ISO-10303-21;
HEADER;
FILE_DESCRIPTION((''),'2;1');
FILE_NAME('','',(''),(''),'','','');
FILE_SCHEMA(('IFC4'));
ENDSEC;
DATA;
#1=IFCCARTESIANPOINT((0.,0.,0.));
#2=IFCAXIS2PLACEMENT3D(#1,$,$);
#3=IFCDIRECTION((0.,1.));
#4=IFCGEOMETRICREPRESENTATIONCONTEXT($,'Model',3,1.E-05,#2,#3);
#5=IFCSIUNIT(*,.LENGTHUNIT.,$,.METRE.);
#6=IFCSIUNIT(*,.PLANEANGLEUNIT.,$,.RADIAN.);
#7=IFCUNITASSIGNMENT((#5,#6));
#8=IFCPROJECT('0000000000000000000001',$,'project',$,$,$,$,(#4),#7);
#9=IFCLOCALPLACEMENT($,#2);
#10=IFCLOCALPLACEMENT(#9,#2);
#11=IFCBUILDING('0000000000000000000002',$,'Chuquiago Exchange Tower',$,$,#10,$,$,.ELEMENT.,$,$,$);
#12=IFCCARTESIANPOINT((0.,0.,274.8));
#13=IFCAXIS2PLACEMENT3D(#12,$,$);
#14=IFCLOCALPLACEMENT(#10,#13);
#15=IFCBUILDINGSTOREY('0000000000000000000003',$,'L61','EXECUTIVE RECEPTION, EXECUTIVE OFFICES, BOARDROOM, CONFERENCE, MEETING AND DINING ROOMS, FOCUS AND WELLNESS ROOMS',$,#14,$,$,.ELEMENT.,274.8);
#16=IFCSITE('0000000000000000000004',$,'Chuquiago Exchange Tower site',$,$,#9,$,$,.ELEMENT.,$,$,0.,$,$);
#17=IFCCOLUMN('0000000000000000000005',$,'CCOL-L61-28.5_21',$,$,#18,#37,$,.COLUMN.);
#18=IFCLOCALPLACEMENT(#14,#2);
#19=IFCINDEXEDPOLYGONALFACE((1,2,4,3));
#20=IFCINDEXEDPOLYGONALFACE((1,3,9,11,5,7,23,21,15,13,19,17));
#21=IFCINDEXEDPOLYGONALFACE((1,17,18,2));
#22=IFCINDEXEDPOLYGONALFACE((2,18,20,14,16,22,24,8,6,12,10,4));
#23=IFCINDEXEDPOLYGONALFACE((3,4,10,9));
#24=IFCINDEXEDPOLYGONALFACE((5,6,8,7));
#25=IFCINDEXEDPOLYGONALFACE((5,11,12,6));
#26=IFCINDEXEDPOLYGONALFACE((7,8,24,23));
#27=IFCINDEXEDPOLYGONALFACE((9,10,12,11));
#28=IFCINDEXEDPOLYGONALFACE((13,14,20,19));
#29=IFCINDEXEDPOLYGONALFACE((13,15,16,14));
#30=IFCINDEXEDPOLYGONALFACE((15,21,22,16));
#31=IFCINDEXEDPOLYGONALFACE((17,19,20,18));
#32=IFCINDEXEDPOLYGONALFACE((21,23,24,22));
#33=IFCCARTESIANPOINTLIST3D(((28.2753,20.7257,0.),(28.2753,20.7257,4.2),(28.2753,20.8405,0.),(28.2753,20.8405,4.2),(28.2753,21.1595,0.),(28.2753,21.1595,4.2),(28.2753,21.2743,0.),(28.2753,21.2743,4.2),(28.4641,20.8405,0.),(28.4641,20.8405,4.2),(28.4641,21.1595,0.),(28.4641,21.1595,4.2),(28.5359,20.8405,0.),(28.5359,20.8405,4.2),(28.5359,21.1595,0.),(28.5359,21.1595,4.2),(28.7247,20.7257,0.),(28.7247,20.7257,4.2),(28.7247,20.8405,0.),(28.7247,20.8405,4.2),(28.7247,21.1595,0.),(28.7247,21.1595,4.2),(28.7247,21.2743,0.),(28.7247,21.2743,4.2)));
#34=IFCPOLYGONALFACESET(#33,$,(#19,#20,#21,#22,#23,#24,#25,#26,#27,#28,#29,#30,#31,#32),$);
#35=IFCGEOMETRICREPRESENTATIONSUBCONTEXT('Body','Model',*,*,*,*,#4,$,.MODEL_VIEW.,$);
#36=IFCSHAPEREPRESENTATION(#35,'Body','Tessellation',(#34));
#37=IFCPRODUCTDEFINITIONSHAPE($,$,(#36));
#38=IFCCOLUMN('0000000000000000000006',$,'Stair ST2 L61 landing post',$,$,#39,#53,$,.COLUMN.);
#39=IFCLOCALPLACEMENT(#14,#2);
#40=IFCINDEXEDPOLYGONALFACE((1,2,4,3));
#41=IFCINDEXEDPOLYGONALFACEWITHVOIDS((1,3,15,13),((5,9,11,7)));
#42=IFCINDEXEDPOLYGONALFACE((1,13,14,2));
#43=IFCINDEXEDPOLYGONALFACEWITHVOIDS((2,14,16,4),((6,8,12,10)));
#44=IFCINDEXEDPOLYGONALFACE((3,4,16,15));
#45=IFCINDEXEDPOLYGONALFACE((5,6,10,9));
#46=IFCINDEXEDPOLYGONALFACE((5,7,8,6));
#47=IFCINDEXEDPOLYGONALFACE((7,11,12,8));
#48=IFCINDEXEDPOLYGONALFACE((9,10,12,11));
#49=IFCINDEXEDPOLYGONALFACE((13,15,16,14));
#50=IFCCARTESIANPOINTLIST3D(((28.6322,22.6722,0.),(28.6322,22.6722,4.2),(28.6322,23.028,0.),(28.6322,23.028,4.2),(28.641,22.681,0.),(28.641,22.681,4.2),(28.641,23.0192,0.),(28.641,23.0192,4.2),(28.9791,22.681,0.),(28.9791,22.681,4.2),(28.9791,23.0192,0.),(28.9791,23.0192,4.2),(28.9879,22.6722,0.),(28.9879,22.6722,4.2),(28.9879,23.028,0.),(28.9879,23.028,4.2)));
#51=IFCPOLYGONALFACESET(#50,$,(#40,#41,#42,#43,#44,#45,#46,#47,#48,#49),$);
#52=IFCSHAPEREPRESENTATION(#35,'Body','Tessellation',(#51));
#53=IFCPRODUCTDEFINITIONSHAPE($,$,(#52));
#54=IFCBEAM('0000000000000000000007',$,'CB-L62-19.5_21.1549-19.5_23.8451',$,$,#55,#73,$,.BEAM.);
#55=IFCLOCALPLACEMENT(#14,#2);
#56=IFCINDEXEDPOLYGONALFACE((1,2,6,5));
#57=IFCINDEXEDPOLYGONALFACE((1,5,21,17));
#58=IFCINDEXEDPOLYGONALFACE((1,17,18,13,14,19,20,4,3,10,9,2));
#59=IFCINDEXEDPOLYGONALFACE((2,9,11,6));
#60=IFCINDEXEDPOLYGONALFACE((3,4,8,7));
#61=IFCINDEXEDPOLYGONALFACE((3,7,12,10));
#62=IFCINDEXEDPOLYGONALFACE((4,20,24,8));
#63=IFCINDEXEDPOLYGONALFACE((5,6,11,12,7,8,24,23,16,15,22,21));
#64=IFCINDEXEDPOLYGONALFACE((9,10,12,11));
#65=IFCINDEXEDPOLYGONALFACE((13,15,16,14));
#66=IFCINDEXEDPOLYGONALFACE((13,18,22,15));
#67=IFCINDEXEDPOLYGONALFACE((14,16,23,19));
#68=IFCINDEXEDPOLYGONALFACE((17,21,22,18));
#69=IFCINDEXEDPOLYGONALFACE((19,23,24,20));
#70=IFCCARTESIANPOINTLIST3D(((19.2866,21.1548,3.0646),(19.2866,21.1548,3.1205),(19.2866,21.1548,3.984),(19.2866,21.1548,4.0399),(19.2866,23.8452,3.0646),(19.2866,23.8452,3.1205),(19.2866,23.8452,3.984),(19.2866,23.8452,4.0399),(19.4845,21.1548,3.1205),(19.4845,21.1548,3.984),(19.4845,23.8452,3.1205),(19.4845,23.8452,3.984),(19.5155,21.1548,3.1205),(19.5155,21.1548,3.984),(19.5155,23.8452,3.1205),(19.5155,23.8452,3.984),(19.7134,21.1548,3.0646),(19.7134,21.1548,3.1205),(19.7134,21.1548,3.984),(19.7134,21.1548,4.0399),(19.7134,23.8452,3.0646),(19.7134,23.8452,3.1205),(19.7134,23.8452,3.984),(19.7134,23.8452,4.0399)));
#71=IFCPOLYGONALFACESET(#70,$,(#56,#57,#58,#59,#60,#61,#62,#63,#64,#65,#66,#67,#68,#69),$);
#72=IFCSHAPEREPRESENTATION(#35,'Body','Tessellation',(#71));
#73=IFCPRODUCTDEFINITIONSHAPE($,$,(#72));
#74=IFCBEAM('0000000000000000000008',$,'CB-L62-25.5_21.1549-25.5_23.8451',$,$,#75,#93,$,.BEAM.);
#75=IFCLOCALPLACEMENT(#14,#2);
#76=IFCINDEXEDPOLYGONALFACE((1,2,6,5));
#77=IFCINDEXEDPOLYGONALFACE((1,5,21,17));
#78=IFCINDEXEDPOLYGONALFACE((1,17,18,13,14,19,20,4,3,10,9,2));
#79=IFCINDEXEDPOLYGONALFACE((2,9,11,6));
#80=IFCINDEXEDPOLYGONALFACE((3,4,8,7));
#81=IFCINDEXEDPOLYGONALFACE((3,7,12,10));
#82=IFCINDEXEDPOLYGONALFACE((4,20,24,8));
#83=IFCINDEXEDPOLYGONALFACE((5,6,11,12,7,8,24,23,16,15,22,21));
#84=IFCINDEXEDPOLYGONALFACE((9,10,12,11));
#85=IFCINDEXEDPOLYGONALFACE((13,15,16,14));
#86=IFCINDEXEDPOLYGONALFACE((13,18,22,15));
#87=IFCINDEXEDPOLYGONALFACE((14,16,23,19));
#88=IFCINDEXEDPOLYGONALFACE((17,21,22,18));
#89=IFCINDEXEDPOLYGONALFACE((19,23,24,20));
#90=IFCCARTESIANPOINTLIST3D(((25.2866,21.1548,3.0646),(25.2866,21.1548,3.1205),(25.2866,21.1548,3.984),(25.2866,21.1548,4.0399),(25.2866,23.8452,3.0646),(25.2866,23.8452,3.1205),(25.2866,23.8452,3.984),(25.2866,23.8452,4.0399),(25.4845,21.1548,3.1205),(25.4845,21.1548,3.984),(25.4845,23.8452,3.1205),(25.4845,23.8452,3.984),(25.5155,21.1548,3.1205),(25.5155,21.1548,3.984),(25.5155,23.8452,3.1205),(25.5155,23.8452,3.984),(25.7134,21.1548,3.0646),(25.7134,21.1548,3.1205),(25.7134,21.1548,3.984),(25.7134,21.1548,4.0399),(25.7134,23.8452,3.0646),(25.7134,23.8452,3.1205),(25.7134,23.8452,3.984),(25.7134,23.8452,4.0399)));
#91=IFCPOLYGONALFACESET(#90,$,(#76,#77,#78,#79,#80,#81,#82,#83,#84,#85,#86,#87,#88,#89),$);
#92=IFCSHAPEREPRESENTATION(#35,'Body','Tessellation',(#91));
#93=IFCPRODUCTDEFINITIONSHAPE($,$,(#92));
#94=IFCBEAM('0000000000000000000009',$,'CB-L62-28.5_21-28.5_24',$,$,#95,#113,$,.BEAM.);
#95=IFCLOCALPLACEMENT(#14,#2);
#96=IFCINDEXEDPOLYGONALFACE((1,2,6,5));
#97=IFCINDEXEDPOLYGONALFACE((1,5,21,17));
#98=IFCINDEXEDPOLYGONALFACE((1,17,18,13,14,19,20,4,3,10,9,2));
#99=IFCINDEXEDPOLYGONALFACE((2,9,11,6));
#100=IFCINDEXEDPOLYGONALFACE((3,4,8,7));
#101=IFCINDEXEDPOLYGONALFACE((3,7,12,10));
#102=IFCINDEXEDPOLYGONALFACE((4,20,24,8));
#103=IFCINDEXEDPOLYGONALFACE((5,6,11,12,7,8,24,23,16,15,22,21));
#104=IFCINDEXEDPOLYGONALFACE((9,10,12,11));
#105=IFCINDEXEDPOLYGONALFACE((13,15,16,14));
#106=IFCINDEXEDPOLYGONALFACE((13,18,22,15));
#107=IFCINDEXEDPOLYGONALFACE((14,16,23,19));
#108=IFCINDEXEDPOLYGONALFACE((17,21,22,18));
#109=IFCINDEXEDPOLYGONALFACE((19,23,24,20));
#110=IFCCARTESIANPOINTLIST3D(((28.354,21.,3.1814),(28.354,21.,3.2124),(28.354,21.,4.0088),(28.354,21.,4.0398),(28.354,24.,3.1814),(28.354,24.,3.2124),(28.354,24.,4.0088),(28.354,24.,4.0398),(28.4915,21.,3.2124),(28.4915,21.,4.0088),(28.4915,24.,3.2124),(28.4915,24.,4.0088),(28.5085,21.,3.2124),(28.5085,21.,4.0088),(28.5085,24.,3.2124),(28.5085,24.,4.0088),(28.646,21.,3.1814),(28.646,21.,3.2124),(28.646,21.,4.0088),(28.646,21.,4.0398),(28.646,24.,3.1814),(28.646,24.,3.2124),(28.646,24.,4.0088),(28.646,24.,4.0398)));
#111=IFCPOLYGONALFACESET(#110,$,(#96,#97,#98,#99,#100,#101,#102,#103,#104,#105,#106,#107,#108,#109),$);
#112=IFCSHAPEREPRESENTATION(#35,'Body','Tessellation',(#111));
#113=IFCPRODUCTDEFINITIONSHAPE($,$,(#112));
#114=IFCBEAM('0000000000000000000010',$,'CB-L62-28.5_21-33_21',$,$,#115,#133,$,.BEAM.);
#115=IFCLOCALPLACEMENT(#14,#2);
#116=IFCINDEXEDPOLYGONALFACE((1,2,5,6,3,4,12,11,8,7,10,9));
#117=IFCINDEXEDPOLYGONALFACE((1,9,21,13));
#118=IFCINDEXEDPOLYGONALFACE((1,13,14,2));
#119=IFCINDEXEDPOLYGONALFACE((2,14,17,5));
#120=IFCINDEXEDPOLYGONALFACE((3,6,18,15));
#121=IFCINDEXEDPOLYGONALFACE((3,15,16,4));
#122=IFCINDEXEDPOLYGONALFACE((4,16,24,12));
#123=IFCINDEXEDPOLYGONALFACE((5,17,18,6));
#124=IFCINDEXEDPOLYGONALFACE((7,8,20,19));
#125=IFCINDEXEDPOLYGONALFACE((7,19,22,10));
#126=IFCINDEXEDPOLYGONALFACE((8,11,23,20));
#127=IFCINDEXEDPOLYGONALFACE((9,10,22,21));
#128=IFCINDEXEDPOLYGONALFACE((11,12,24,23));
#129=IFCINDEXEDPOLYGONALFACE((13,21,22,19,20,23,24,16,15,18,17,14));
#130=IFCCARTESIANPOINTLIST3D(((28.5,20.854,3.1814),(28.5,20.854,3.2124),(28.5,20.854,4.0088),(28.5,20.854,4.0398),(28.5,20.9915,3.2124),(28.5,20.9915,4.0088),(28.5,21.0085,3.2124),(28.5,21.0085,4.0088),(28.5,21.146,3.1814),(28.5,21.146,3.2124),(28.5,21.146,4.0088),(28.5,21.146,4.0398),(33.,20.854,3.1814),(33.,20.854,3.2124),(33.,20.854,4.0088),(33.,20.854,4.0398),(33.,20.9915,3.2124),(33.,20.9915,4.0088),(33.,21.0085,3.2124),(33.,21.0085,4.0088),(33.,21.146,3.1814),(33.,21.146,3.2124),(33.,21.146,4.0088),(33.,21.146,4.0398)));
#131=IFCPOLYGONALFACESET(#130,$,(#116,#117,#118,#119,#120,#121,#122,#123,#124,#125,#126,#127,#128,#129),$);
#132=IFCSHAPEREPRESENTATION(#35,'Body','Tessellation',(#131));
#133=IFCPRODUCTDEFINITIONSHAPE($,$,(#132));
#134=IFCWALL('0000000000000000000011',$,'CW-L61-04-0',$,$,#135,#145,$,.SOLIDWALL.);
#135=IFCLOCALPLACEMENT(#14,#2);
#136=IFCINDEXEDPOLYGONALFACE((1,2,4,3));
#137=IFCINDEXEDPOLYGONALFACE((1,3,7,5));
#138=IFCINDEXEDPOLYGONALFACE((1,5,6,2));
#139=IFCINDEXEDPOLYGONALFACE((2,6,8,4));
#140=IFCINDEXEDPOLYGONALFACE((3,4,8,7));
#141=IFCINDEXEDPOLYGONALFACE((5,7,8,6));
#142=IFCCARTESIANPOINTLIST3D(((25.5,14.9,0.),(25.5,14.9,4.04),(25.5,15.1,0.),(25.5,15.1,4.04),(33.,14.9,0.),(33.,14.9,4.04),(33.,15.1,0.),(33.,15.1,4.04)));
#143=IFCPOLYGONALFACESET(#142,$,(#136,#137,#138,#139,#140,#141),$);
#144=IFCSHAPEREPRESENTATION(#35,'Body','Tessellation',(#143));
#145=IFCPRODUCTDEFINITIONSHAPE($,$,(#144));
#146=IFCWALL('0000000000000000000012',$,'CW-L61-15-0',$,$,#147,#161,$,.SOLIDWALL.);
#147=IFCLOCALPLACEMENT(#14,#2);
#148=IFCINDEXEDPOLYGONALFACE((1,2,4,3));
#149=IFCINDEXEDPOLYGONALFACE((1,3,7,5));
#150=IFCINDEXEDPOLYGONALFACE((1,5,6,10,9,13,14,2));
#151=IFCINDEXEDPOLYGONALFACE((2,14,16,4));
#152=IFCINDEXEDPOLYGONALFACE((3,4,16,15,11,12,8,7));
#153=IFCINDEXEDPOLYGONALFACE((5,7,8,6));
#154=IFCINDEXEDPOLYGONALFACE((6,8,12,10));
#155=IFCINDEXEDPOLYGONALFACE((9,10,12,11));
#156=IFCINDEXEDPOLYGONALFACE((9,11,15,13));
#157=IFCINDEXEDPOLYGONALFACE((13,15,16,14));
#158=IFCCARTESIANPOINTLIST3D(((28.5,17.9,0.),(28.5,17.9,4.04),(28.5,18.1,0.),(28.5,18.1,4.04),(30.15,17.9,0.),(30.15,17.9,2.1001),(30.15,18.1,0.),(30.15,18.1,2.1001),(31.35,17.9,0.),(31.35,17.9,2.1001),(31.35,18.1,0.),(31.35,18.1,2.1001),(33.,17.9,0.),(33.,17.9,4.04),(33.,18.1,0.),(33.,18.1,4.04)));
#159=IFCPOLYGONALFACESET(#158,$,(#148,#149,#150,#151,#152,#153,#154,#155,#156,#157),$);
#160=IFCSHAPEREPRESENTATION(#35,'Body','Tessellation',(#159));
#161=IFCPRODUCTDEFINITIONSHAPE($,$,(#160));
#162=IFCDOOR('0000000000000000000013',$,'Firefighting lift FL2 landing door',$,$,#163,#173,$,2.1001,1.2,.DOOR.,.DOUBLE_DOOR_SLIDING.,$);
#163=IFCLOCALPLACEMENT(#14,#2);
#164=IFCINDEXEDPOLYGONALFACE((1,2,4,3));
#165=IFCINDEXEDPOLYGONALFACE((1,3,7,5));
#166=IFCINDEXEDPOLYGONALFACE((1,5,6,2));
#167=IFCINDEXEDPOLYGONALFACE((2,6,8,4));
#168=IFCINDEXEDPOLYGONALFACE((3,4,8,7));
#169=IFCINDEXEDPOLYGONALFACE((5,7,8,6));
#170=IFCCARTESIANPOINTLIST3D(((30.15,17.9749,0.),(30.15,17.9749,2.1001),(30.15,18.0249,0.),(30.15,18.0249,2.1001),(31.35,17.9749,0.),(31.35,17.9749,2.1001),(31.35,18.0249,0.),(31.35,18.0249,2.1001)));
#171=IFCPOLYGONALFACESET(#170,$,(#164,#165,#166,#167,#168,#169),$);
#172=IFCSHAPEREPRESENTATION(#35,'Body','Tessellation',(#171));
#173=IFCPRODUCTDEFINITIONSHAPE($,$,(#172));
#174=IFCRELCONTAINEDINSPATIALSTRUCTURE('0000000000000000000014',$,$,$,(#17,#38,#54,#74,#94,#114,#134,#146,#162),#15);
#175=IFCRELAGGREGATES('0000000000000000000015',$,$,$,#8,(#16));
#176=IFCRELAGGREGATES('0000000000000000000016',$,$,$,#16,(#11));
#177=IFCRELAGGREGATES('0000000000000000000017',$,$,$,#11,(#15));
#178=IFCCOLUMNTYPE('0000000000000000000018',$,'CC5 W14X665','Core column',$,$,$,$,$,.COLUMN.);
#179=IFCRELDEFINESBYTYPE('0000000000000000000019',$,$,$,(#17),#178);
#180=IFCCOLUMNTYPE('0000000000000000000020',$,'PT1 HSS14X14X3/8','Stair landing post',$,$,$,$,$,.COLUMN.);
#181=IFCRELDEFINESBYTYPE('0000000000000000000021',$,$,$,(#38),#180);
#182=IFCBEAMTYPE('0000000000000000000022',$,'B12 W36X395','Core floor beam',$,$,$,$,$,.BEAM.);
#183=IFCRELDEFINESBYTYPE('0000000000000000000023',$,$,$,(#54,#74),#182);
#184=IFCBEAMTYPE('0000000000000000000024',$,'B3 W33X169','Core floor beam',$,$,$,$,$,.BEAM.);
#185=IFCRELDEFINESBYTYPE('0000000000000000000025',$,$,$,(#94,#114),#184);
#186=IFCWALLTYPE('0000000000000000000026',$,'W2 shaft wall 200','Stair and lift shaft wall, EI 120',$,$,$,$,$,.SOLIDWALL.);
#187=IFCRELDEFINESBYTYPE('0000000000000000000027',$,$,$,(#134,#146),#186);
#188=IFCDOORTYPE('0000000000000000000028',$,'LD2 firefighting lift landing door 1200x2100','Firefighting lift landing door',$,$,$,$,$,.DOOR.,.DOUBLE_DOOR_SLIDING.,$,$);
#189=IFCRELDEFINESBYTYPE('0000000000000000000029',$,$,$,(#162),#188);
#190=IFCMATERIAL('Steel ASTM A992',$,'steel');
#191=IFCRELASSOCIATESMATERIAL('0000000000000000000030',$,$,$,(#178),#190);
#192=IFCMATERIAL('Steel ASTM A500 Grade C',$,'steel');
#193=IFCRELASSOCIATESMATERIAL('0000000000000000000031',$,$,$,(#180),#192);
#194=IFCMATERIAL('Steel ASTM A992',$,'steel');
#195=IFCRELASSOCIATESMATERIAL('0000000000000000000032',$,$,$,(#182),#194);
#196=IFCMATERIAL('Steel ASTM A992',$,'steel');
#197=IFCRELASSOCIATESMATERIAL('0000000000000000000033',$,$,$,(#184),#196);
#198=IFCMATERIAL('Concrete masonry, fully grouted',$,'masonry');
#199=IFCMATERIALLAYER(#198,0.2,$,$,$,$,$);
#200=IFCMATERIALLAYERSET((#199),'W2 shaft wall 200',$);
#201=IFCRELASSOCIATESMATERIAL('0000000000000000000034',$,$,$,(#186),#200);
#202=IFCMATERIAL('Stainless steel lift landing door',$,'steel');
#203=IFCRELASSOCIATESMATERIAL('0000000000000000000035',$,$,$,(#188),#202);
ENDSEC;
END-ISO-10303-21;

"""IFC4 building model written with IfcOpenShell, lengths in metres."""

from ifc_helpers import new_model, si_unit, direction, frame, frame_2d, origin, origin_2d, place, context, subcontext, project, spatial, rectangle, hollow_rectangle, i_section, extrude, material, layer, layer_set, material_profile, profile_set, type_object, element, fill, save


model = new_model("IFC4")

# Units and contexts
model_context = context("Model", 3, precision=1e-05, world=origin(), true_north=direction((0.0, 1.0)))
body_context = subcontext(model_context, "Body", "Model", "MODEL_VIEW")
ifc_project = project(units=[si_unit("LENGTHUNIT", "METRE"), si_unit("PLANEANGLEUNIT", "RADIAN")], contexts=[model_context])

# Site, building, storey
site_placement = place(None, origin())
site = spatial("IfcSite", under=ifc_project, at=site_placement, Name="Chuquiago Exchange Tower site", CompositionType="ELEMENT", RefElevation=0.0)
building_placement = place(site_placement, origin())
building = spatial("IfcBuilding", under=site, at=building_placement, Name="Chuquiago Exchange Tower", CompositionType="ELEMENT")
storey_placement = place(building_placement, frame((0.0, 0.0, 274.8)))
storey = spatial("IfcBuildingStorey", under=building, at=storey_placement, Name="L61", Description="EXECUTIVE RECEPTION, EXECUTIVE OFFICES, BOARDROOM, CONFERENCE, MEETING AND DINING ROOMS, FOCUS AND WELLNESS ROOMS", CompositionType="ELEMENT", Elevation=274.8)

# Columns
ifc_material_1 = material(Name="Steel ASTM A992", Category="steel")
ifc_material_profile_1 = material_profile(ifc_material_1, i_section(OverallWidth=0.4495, OverallDepth=0.5486, WebThickness=0.0718, FlangeThickness=0.1147, at=origin_2d()), Name="W14X665")
ifc_profile_set_1 = profile_set([ifc_material_profile_1], Name="Steel ASTM A992")
column_type_1 = type_object("IfcColumnType", Name="CC5 W14X665", Description="Core column", PredefinedType="COLUMN", material=ifc_profile_set_1)
column_1_placement = place(storey_placement, frame((28.5, 21.0, 0.0), z_axis=(0.0, 0.0, 1.0), x_axis=(1.0, 0.0, 0.0)))
element("IfcColumn", 1, at=column_1_placement, inside=storey, type_object=column_type_1, Name="CCOL-L61-28.5_21", PredefinedType="COLUMN", context=body_context, shape_type="SweptSolid", body=[
    extrude(i_section(OverallWidth=0.4495, OverallDepth=0.5486, WebThickness=0.0718, FlangeThickness=0.1147, at=origin_2d()), origin(), (0.0, 0.0, 1.0), 4.2),
])
ifc_material_2 = material(Name="Steel ASTM A500 Grade C", Category="steel")
ifc_material_profile_2 = material_profile(ifc_material_2, hollow_rectangle(XDim=0.3557, YDim=0.3557, WallThickness=0.0088, at=origin_2d()), Name="HSS14X14X3/8")
ifc_profile_set_2 = profile_set([ifc_material_profile_2], Name="Steel ASTM A500 Grade C")
column_type_2 = type_object("IfcColumnType", Name="PT1 HSS14X14X3/8", Description="Stair landing post", PredefinedType="COLUMN", material=ifc_profile_set_2)
column_2_placement = place(storey_placement, frame((28.8101, 22.8501, 0.0), z_axis=(0.0, 0.0, 1.0), x_axis=(1.0, 0.0, 0.0)))
element("IfcColumn", 2, at=column_2_placement, inside=storey, type_object=column_type_2, Name="Stair ST2 L61 landing post", PredefinedType="COLUMN", context=body_context, shape_type="SweptSolid", body=[
    extrude(hollow_rectangle(XDim=0.3557, YDim=0.3557, WallThickness=0.0088, at=origin_2d()), origin(), (0.0, 0.0, 1.0), 4.2),
])

# Beams
ifc_material_3 = material(Name="Steel ASTM A992", Category="steel")
ifc_material_profile_3 = material_profile(ifc_material_3, i_section(OverallWidth=0.4268, OverallDepth=0.9753, WebThickness=0.031, FlangeThickness=0.0559, at=origin_2d()), Name="W36X395")
ifc_profile_set_3 = profile_set([ifc_material_profile_3], Name="Steel ASTM A992")
beam_type_1 = type_object("IfcBeamType", Name="B12 W36X395", Description="Core floor beam", PredefinedType="BEAM", material=ifc_profile_set_3)
for number, where, z_axis, x_axis, name in (
    (3, (19.5, 21.1548, 3.5522), (0.0, 1.0, 0.0), (-1.0, 0.0, 0.0), "CB-L62-19.5_21.1549-19.5_23.8451"),
    (4, (25.5, 21.1548, 3.5522), (0.0, 1.0, 0.0), (-1.0, 0.0, 0.0), "CB-L62-25.5_21.1549-25.5_23.8451"),
):
    element("IfcBeam", number, at=place(storey_placement, frame(where, z_axis=z_axis, x_axis=x_axis)), inside=storey, type_object=beam_type_1, Name=name, PredefinedType="BEAM", context=body_context, shape_type="SweptSolid", body=[
        extrude(i_section(OverallWidth=0.4268, OverallDepth=0.9753, WebThickness=0.031, FlangeThickness=0.0559, at=origin_2d()), origin(), (0.0, 0.0, 1.0), 2.6904),
    ])
ifc_material_4 = material(Name="Steel ASTM A992", Category="steel")
ifc_material_profile_4 = material_profile(ifc_material_4, i_section(OverallWidth=0.292, OverallDepth=0.8584, WebThickness=0.0171, FlangeThickness=0.031, at=origin_2d()), Name="W33X169")
ifc_profile_set_4 = profile_set([ifc_material_profile_4], Name="Steel ASTM A992")
beam_type_2 = type_object("IfcBeamType", Name="B3 W33X169", Description="Core floor beam", PredefinedType="BEAM", material=ifc_profile_set_4)
beam_1_placement = place(storey_placement, frame((28.5, 21.0, 3.6106), z_axis=(0.0, 1.0, 0.0), x_axis=(-1.0, 0.0, 0.0)))
element("IfcBeam", 5, at=beam_1_placement, inside=storey, type_object=beam_type_2, Name="CB-L62-28.5_21-28.5_24", PredefinedType="BEAM", context=body_context, shape_type="SweptSolid", body=[
    extrude(i_section(OverallWidth=0.292, OverallDepth=0.8584, WebThickness=0.0171, FlangeThickness=0.031, at=origin_2d()), origin(), (0.0, 0.0, 1.0), 3.0),
])
beam_2_placement = place(storey_placement, frame((28.5, 21.0, 3.6106), z_axis=(1.0, 0.0, 0.0), x_axis=(0.0, 1.0, 0.0)))
element("IfcBeam", 6, at=beam_2_placement, inside=storey, type_object=beam_type_2, Name="CB-L62-28.5_21-33_21", PredefinedType="BEAM", context=body_context, shape_type="SweptSolid", body=[
    extrude(i_section(OverallWidth=0.292, OverallDepth=0.8584, WebThickness=0.0171, FlangeThickness=0.031, at=origin_2d()), origin(), (0.0, 0.0, 1.0), 4.5),
])

# Wall
ifc_material_5 = material(Name="Concrete masonry, fully grouted", Category="masonry")
ifc_layer_1 = layer(ifc_material_5, 0.2)
ifc_layer_set_1 = layer_set([ifc_layer_1], Name="W2 shaft wall 200")
wall_type_1 = type_object("IfcWallType", Name="W2 shaft wall 200", Description="Stair and lift shaft wall, EI 120", PredefinedType="SOLIDWALL", material=ifc_layer_set_1)
wall_1_placement = place(storey_placement, frame((25.5, 15.0, 0.0), z_axis=(0.0, 0.0, 1.0), x_axis=(1.0, 0.0, 0.0)))
element("IfcWall", 7, at=wall_1_placement, inside=storey, type_object=wall_type_1, Name="CW-L61-04-0", PredefinedType="SOLIDWALL", context=body_context, shape_type="SweptSolid", body=[
    extrude(rectangle(XDim=7.5, YDim=0.2, at=frame_2d((3.75, 0.0))), origin(), (0.0, 0.0, 1.0), 4.04),
])

# Wall, opening, door
wall_2_placement = place(storey_placement, frame((28.5, 18.0, 0.0), z_axis=(0.0, 0.0, 1.0), x_axis=(1.0, 0.0, 0.0)))
wall_2 = element("IfcWall", 8, at=wall_2_placement, inside=storey, type_object=wall_type_1, Name="CW-L61-15-0", PredefinedType="SOLIDWALL", context=body_context, shape_type="SweptSolid", body=[
    extrude(rectangle(XDim=4.5, YDim=0.2, at=frame_2d((2.25, 0.0))), origin(), (0.0, 0.0, 1.0), 4.04),
])
opening_1_placement = place(wall_2_placement, frame((1.6499, 0.0, 0.0)))
opening_1 = element("IfcOpeningElement", 9, at=opening_1_placement, cuts=wall_2, PredefinedType="OPENING", context=body_context, shape_type="SweptSolid", body=[
    extrude(rectangle(XDim=1.2, YDim=2.1001, at=frame_2d((0.6001, 1.05))), frame((0.0, 0.1099, 0.0), z_axis=(0.0, -1.0, 0.0), x_axis=(1.0, 0.0, 0.0)), (0.0, 0.0, 1.0), 0.22),
])
ifc_material_6 = material(Name="Stainless steel lift landing door", Category="steel")
door_type_1 = type_object("IfcDoorType", Name="LD2 firefighting lift landing door 1200x2100", Description="Firefighting lift landing door", OperationType="DOUBLE_DOOR_SLIDING", PredefinedType="DOOR", material=ifc_material_6)
door_1_placement = place(opening_1_placement, origin())
door_1 = element("IfcDoor", 10, at=door_1_placement, inside=storey, type_object=door_type_1, Name="Firefighting lift FL2 landing door", OperationType="DOUBLE_DOOR_SLIDING", OverallHeight=2.1001, OverallWidth=1.2, PredefinedType="DOOR", context=body_context, shape_type="SweptSolid", body=[
    extrude(rectangle(XDim=1.2, YDim=2.1001, at=frame_2d((0.6001, 1.05))), frame((0.0, 0.0249, 0.0), z_axis=(0.0, -1.0, 0.0), x_axis=(1.0, 0.0, 0.0)), (0.0, 0.0, 1.0), 0.05),
])
fill(opening_1, door_1)

save(model, "model.ifc")
